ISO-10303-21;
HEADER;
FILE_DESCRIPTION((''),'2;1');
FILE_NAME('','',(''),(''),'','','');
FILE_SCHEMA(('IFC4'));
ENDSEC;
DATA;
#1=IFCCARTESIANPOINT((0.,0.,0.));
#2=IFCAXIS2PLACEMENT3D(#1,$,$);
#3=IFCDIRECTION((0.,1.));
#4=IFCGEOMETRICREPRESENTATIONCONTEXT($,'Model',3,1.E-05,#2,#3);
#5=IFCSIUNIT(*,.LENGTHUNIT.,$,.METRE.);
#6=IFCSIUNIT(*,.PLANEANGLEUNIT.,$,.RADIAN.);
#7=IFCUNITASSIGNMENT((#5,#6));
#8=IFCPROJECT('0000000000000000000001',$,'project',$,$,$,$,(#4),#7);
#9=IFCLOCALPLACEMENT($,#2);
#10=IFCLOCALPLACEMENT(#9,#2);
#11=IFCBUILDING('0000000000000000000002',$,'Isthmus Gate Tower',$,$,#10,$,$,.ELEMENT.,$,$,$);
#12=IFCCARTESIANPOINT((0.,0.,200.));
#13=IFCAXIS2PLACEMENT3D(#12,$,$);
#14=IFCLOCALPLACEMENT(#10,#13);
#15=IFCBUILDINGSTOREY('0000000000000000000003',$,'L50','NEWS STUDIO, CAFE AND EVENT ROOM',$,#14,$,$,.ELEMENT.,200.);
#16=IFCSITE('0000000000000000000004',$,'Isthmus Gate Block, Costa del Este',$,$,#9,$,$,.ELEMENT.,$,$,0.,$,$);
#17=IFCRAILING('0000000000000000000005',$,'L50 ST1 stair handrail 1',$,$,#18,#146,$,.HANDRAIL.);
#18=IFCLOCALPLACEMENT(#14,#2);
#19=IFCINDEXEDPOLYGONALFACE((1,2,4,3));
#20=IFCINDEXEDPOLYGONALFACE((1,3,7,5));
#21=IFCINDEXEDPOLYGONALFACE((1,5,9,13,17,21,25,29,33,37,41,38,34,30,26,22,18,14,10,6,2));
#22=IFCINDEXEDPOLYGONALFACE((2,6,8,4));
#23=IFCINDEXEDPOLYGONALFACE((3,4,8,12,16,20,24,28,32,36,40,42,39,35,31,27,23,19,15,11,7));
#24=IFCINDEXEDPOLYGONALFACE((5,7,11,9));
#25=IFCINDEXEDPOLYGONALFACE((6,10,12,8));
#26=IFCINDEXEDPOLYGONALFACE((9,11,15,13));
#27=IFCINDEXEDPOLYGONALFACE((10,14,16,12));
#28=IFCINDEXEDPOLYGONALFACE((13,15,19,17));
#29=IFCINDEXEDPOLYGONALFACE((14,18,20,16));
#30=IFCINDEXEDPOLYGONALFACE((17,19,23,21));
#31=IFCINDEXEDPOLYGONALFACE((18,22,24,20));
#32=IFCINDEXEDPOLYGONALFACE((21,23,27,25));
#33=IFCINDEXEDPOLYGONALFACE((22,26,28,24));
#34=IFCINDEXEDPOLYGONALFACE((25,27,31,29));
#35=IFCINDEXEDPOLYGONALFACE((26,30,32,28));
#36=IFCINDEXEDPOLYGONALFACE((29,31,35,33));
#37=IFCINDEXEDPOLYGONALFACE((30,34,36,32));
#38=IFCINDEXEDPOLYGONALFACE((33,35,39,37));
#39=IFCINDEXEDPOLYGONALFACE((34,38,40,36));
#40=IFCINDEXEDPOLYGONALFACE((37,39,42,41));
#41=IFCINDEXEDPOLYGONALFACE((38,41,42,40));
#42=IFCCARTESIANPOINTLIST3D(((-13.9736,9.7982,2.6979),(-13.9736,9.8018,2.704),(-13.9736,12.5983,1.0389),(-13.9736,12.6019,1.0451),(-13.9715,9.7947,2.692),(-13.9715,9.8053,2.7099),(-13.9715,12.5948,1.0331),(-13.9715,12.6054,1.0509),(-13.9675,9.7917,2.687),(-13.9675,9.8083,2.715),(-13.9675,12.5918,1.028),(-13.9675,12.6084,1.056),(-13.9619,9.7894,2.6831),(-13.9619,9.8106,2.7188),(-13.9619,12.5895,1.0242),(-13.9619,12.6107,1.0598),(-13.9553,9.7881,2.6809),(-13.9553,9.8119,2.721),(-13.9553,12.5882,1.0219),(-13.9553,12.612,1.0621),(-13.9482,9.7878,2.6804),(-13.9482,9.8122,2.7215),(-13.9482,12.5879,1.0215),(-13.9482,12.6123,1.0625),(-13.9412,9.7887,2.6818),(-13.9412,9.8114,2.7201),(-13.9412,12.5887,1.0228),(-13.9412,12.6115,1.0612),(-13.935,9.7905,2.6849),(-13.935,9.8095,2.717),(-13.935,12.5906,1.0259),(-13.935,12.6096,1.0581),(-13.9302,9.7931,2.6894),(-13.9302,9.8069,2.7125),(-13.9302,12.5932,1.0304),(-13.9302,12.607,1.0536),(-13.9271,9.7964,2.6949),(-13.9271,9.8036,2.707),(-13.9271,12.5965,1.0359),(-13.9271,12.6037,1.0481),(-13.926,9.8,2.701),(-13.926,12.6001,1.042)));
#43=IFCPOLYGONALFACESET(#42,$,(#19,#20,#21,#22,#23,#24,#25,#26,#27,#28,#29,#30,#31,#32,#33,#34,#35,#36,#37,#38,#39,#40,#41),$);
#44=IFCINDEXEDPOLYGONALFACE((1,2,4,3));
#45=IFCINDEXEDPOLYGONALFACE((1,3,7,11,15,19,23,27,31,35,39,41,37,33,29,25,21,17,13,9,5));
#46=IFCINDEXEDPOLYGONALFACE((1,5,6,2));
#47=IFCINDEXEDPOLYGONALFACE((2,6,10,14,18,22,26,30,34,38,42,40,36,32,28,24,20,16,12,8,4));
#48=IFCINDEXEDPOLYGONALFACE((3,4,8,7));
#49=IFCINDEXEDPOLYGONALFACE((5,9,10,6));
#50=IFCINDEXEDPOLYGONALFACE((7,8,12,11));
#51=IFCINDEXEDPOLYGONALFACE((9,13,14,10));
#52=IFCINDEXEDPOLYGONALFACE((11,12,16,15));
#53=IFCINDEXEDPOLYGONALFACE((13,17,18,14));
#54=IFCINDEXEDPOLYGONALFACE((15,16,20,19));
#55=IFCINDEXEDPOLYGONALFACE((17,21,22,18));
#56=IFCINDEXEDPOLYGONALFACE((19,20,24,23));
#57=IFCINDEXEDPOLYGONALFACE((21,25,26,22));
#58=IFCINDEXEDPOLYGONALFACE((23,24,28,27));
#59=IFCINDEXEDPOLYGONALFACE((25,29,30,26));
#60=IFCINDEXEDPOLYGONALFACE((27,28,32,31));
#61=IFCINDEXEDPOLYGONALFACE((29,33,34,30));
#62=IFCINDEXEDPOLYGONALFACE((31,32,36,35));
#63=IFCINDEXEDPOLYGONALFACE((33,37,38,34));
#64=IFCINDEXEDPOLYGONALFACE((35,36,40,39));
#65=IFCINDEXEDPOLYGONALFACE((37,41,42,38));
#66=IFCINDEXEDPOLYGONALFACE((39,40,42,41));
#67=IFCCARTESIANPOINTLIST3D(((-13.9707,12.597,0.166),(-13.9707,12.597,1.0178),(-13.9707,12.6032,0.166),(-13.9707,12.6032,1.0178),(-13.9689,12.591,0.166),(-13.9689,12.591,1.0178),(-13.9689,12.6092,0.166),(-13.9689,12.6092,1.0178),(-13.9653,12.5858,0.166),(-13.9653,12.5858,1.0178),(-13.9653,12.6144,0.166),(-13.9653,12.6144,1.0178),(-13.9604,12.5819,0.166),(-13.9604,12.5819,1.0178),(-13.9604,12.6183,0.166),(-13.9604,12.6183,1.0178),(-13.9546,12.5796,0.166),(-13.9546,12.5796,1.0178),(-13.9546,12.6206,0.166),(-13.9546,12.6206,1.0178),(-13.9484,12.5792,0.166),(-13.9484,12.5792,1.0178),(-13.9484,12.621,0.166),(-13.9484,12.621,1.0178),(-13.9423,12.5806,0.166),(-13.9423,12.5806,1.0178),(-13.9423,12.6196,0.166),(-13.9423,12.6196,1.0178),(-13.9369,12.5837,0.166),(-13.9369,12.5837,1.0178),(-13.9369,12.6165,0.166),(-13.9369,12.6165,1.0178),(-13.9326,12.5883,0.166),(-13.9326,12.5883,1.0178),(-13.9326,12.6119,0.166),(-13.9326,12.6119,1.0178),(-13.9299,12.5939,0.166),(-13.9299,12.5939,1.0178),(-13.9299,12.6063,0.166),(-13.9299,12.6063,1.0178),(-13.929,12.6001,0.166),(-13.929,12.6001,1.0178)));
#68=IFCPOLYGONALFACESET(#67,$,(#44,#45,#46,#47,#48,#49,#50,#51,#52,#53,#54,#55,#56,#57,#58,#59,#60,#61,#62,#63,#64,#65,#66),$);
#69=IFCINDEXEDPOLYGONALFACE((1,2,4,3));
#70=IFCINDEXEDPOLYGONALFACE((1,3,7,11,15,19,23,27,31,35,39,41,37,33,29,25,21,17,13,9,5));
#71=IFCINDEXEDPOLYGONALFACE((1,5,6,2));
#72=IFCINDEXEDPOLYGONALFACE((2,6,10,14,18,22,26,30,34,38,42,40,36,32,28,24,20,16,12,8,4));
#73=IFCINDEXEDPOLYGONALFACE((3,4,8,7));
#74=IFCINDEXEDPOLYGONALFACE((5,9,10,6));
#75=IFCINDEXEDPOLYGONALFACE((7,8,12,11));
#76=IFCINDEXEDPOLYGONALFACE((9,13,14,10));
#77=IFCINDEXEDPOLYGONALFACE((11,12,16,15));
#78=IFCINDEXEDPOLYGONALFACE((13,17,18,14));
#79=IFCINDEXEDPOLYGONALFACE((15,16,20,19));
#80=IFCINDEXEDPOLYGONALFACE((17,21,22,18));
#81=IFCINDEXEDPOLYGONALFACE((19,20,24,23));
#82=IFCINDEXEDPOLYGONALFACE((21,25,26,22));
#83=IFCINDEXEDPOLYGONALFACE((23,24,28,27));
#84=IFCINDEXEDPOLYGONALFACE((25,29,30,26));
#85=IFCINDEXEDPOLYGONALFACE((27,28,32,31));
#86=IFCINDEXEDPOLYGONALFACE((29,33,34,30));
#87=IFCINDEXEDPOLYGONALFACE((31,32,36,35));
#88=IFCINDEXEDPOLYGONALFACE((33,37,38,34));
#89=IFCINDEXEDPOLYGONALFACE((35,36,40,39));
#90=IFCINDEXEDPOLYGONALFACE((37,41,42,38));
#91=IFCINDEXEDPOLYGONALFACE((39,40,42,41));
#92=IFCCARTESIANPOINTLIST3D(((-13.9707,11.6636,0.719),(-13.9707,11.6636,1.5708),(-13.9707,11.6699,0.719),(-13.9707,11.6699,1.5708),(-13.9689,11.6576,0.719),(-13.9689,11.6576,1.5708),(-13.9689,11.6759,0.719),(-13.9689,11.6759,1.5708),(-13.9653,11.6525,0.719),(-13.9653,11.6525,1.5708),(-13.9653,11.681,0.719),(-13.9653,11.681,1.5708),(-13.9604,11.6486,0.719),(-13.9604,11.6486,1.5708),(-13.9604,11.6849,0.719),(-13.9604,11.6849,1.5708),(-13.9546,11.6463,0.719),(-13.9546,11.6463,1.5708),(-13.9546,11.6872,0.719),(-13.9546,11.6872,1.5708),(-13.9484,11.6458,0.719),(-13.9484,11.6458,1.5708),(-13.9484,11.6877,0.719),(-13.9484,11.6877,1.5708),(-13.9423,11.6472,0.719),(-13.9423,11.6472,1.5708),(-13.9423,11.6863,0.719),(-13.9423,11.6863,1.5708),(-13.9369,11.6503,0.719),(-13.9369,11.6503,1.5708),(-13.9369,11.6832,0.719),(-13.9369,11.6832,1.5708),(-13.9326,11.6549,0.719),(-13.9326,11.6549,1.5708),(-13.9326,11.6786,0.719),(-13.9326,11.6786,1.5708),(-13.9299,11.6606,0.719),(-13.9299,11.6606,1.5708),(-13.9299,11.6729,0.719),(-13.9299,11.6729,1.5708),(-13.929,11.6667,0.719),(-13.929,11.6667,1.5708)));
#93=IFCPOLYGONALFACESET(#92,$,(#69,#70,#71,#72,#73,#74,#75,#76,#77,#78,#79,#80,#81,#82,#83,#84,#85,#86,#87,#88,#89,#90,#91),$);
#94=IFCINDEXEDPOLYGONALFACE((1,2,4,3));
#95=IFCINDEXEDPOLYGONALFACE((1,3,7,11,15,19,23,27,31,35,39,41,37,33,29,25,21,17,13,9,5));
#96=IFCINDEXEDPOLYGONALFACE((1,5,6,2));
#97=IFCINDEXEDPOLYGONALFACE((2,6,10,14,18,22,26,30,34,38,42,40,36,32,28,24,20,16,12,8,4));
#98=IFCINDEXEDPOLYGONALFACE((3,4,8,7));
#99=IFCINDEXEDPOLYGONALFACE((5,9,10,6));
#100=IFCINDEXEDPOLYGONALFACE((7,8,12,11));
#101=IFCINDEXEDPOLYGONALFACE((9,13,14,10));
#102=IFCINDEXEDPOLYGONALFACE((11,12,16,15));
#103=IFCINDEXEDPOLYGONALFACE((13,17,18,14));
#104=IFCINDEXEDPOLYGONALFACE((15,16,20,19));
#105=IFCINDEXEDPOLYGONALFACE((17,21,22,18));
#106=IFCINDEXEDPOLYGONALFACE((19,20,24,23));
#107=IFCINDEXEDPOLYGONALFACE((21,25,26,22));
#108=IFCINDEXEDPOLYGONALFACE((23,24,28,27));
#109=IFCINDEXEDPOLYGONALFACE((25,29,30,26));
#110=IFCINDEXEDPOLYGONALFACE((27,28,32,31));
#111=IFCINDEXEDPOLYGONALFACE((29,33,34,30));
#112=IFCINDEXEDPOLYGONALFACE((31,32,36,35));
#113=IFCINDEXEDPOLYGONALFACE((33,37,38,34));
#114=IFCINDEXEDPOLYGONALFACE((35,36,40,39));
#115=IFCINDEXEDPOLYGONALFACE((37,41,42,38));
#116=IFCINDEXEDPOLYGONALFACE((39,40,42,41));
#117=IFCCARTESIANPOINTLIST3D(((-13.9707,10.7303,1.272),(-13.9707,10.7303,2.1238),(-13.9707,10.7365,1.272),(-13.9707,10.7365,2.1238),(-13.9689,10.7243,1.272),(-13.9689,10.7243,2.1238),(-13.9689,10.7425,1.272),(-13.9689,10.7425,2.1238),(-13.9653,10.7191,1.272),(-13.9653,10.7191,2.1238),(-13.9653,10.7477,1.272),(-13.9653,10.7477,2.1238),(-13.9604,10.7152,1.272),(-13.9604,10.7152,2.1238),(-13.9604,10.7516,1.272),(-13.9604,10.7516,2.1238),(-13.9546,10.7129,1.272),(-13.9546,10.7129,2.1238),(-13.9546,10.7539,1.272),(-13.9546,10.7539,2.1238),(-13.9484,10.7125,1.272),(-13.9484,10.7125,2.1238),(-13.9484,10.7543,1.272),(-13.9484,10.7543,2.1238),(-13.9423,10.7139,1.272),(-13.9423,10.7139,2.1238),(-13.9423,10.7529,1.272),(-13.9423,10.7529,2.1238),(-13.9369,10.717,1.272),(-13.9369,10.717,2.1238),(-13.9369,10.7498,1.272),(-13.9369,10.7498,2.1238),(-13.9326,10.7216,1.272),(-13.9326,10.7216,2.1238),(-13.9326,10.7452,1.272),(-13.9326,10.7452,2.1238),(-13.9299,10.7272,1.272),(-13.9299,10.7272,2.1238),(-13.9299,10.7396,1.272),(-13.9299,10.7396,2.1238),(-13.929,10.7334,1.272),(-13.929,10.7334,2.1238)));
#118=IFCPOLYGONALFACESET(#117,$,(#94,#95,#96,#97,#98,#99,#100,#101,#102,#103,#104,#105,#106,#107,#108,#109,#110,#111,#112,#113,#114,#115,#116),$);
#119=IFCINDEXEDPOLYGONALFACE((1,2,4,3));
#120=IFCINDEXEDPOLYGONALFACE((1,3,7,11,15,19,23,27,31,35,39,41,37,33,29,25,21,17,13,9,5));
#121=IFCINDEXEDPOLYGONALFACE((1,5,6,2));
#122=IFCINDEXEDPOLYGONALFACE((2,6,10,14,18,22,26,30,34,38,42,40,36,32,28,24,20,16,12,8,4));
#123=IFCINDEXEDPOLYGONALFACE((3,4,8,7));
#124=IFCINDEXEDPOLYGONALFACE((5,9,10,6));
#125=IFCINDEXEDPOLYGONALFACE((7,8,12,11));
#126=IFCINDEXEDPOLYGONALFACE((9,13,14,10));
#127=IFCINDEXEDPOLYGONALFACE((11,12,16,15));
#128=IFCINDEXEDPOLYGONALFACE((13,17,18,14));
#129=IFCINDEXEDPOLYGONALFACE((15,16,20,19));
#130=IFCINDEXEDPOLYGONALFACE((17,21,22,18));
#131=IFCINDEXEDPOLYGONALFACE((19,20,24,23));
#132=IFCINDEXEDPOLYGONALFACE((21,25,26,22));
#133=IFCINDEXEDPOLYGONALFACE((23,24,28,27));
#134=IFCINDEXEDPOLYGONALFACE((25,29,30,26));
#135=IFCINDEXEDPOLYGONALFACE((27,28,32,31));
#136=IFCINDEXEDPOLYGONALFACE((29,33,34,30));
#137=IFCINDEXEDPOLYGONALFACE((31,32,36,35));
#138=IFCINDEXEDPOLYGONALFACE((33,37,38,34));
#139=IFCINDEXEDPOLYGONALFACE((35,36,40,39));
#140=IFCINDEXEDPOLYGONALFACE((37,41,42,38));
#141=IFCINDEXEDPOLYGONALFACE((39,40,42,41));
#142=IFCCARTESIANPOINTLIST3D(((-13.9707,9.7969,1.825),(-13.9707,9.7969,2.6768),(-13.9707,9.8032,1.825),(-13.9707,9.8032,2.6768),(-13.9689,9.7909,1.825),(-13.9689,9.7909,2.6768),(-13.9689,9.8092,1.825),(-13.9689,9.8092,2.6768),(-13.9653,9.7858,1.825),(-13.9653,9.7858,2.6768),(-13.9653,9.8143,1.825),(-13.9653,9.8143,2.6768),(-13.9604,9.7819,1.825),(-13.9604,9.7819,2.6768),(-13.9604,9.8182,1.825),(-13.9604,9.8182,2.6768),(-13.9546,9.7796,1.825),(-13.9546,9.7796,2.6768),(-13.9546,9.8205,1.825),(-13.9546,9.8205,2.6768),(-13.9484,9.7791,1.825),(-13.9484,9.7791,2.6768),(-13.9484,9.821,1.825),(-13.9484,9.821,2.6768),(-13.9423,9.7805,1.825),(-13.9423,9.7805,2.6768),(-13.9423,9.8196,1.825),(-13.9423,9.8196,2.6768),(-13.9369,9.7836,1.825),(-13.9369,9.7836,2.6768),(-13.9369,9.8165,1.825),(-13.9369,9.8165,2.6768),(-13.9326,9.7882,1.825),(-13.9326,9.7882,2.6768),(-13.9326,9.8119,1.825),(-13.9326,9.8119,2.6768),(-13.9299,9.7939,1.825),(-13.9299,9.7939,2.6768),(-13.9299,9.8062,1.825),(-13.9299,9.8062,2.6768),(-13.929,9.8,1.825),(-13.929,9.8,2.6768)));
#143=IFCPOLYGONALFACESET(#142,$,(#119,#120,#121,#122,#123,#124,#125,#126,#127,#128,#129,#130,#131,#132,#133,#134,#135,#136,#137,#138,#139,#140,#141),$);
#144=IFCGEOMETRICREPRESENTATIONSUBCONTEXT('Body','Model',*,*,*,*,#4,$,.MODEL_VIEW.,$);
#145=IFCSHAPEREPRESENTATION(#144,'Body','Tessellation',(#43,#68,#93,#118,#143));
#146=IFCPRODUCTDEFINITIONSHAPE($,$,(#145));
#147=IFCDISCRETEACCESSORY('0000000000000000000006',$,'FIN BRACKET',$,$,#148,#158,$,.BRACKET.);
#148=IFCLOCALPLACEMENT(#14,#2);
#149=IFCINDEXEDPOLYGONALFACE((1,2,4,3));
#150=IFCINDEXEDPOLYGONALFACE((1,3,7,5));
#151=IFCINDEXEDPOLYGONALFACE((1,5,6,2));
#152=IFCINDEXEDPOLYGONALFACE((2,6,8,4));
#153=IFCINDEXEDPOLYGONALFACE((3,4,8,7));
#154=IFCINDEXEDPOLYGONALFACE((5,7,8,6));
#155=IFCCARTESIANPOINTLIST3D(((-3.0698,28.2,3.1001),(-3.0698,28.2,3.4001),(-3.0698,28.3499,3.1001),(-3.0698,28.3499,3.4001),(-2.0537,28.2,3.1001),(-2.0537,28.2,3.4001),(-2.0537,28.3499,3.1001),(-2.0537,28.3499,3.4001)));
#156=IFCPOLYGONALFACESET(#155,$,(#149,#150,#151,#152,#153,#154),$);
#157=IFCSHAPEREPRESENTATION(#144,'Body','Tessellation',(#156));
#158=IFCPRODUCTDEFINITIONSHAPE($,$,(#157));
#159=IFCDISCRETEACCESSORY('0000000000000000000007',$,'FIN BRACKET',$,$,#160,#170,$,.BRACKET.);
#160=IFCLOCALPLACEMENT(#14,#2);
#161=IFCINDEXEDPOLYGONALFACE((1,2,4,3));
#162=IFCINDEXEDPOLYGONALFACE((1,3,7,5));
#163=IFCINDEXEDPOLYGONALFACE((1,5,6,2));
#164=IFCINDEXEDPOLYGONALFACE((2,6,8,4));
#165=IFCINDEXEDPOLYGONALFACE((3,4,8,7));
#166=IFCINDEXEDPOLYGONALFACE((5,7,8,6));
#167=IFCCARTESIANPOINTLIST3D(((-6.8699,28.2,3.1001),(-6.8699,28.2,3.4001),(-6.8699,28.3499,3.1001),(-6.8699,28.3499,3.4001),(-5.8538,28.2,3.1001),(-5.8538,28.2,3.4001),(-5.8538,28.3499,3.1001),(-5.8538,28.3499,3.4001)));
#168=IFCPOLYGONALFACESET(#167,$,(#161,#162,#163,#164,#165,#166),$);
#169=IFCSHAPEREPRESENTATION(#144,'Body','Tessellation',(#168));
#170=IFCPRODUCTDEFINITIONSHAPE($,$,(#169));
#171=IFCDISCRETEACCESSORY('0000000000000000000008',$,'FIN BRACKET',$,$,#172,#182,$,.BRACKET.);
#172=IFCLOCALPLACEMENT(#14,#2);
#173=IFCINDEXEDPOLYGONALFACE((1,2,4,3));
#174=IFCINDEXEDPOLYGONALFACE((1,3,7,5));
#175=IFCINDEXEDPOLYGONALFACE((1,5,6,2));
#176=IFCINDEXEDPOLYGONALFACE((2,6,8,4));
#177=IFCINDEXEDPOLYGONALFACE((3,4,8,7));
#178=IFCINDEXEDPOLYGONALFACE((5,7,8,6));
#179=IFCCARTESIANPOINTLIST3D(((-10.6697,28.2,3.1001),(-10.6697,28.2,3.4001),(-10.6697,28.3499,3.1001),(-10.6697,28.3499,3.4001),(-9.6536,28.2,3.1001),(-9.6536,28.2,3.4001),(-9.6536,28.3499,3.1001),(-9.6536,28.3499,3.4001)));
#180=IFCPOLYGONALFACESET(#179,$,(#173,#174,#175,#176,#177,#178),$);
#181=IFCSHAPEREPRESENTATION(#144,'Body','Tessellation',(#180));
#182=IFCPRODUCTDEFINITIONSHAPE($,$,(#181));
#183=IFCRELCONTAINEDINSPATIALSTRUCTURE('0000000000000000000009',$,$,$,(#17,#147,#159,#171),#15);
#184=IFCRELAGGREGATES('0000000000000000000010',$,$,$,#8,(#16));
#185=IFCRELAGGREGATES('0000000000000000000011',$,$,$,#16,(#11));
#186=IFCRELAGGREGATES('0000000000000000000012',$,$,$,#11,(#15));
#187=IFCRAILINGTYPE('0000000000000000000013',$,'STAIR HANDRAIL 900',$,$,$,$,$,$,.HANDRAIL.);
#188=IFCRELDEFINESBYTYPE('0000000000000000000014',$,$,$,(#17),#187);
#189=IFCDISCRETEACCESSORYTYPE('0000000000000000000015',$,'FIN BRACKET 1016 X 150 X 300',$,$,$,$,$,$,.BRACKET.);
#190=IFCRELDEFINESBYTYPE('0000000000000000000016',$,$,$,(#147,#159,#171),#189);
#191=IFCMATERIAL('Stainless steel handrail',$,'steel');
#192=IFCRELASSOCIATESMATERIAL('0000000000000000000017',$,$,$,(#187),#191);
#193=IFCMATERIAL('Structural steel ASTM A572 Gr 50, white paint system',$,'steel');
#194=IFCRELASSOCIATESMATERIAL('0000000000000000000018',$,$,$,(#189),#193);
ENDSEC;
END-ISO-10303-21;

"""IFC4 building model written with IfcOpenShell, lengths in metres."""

from ifc_helpers import new_model, si_unit, direction, frame, origin, origin_2d, place, context, subcontext, project, spatial, rectangle, circle, extrude, material, type_object, element, save


model = new_model("IFC4")

# Units and contexts
model_context = context("Model", 3, precision=1e-05, world=origin(), true_north=direction((0.0, 1.0)))
body_context = subcontext(model_context, "Body", "Model", "MODEL_VIEW")
ifc_project = project(units=[si_unit("LENGTHUNIT", "METRE"), si_unit("PLANEANGLEUNIT", "RADIAN")], contexts=[model_context])

# Site, building, storey
site_placement = place(None, origin())
site = spatial("IfcSite", under=ifc_project, at=site_placement, Name="Isthmus Gate Block, Costa del Este", CompositionType="ELEMENT", RefElevation=0.0)
building_placement = place(site_placement, origin())
building = spatial("IfcBuilding", under=site, at=building_placement, Name="Isthmus Gate Tower", CompositionType="ELEMENT")
storey_placement = place(building_placement, frame((0.0, 0.0, 200.0)))
storey = spatial("IfcBuildingStorey", under=building, at=storey_placement, Name="L50", Description="NEWS STUDIO, CAFE AND EVENT ROOM", CompositionType="ELEMENT", Elevation=200.0)

# Railing
ifc_material_1 = material(Name="Stainless steel handrail", Category="steel")
railing_type_1 = type_object("IfcRailingType", Name="STAIR HANDRAIL 900", PredefinedType="HANDRAIL", material=ifc_material_1)
railing_1_placement = place(storey_placement, frame((-13.95, 12.6001, 0.166)))
element("IfcRailing", 1, at=railing_1_placement, inside=storey, type_object=railing_type_1, Name="L50 ST1 stair handrail 1", PredefinedType="HANDRAIL", context=body_context, shape_type="SweptSolid", body=[
    extrude(circle(Radius=0.0239, at=origin_2d()), frame((0.0, 0.0, 0.876), z_axis=(0.0, -0.860339, 0.509722), x_axis=(1.0, 0.0, 0.0)), (0.0, 0.0, 1.0), 3.2546),
    extrude(circle(Radius=0.021, at=origin_2d()), origin(), (0.0, 0.0, 1.0), 0.8518),
    extrude(circle(Radius=0.021, at=origin_2d()), frame((0.0, -0.9333, 0.553)), (0.0, 0.0, 1.0), 0.8518),
    extrude(circle(Radius=0.021, at=origin_2d()), frame((0.0, -1.8667, 1.106)), (0.0, 0.0, 1.0), 0.8518),
    extrude(circle(Radius=0.021, at=origin_2d()), frame((0.0, -2.8, 1.6589)), (0.0, 0.0, 1.0), 0.8518),
])

# Discrete accessories
ifc_material_2 = material(Name="Structural steel ASTM A572 Gr 50, white paint system", Category="steel")
discrete_accessory_type = type_object("IfcDiscreteAccessoryType", Name="FIN BRACKET 1016 X 150 X 300", PredefinedType="BRACKET", material=ifc_material_2)
for number, where, z_axis, x_axis, name in (
    (2, (-2.5618, 28.2749, 3.1001), (0.0, 0.0, 1.0), (0.0, 1.0, 0.0), "FIN BRACKET"),
    (3, (-6.3618, 28.2749, 3.1001), (0.0, 0.0, 1.0), (0.0, 1.0, 0.0), "FIN BRACKET"),
    (4, (-10.1616, 28.2749, 3.1001), (0.0, 0.0, 1.0), (0.0, 1.0, 0.0), "FIN BRACKET"),
):
    element("IfcDiscreteAccessory", number, at=place(storey_placement, frame(where, z_axis=z_axis, x_axis=x_axis)), inside=storey, type_object=discrete_accessory_type, Name=name, PredefinedType="BRACKET", context=body_context, shape_type="SweptSolid", body=[
        extrude(rectangle(XDim=0.1499, YDim=1.0161, at=origin_2d()), origin(), (0.0, 0.0, 1.0), 0.3),
    ])

save(model, "model.ifc")
